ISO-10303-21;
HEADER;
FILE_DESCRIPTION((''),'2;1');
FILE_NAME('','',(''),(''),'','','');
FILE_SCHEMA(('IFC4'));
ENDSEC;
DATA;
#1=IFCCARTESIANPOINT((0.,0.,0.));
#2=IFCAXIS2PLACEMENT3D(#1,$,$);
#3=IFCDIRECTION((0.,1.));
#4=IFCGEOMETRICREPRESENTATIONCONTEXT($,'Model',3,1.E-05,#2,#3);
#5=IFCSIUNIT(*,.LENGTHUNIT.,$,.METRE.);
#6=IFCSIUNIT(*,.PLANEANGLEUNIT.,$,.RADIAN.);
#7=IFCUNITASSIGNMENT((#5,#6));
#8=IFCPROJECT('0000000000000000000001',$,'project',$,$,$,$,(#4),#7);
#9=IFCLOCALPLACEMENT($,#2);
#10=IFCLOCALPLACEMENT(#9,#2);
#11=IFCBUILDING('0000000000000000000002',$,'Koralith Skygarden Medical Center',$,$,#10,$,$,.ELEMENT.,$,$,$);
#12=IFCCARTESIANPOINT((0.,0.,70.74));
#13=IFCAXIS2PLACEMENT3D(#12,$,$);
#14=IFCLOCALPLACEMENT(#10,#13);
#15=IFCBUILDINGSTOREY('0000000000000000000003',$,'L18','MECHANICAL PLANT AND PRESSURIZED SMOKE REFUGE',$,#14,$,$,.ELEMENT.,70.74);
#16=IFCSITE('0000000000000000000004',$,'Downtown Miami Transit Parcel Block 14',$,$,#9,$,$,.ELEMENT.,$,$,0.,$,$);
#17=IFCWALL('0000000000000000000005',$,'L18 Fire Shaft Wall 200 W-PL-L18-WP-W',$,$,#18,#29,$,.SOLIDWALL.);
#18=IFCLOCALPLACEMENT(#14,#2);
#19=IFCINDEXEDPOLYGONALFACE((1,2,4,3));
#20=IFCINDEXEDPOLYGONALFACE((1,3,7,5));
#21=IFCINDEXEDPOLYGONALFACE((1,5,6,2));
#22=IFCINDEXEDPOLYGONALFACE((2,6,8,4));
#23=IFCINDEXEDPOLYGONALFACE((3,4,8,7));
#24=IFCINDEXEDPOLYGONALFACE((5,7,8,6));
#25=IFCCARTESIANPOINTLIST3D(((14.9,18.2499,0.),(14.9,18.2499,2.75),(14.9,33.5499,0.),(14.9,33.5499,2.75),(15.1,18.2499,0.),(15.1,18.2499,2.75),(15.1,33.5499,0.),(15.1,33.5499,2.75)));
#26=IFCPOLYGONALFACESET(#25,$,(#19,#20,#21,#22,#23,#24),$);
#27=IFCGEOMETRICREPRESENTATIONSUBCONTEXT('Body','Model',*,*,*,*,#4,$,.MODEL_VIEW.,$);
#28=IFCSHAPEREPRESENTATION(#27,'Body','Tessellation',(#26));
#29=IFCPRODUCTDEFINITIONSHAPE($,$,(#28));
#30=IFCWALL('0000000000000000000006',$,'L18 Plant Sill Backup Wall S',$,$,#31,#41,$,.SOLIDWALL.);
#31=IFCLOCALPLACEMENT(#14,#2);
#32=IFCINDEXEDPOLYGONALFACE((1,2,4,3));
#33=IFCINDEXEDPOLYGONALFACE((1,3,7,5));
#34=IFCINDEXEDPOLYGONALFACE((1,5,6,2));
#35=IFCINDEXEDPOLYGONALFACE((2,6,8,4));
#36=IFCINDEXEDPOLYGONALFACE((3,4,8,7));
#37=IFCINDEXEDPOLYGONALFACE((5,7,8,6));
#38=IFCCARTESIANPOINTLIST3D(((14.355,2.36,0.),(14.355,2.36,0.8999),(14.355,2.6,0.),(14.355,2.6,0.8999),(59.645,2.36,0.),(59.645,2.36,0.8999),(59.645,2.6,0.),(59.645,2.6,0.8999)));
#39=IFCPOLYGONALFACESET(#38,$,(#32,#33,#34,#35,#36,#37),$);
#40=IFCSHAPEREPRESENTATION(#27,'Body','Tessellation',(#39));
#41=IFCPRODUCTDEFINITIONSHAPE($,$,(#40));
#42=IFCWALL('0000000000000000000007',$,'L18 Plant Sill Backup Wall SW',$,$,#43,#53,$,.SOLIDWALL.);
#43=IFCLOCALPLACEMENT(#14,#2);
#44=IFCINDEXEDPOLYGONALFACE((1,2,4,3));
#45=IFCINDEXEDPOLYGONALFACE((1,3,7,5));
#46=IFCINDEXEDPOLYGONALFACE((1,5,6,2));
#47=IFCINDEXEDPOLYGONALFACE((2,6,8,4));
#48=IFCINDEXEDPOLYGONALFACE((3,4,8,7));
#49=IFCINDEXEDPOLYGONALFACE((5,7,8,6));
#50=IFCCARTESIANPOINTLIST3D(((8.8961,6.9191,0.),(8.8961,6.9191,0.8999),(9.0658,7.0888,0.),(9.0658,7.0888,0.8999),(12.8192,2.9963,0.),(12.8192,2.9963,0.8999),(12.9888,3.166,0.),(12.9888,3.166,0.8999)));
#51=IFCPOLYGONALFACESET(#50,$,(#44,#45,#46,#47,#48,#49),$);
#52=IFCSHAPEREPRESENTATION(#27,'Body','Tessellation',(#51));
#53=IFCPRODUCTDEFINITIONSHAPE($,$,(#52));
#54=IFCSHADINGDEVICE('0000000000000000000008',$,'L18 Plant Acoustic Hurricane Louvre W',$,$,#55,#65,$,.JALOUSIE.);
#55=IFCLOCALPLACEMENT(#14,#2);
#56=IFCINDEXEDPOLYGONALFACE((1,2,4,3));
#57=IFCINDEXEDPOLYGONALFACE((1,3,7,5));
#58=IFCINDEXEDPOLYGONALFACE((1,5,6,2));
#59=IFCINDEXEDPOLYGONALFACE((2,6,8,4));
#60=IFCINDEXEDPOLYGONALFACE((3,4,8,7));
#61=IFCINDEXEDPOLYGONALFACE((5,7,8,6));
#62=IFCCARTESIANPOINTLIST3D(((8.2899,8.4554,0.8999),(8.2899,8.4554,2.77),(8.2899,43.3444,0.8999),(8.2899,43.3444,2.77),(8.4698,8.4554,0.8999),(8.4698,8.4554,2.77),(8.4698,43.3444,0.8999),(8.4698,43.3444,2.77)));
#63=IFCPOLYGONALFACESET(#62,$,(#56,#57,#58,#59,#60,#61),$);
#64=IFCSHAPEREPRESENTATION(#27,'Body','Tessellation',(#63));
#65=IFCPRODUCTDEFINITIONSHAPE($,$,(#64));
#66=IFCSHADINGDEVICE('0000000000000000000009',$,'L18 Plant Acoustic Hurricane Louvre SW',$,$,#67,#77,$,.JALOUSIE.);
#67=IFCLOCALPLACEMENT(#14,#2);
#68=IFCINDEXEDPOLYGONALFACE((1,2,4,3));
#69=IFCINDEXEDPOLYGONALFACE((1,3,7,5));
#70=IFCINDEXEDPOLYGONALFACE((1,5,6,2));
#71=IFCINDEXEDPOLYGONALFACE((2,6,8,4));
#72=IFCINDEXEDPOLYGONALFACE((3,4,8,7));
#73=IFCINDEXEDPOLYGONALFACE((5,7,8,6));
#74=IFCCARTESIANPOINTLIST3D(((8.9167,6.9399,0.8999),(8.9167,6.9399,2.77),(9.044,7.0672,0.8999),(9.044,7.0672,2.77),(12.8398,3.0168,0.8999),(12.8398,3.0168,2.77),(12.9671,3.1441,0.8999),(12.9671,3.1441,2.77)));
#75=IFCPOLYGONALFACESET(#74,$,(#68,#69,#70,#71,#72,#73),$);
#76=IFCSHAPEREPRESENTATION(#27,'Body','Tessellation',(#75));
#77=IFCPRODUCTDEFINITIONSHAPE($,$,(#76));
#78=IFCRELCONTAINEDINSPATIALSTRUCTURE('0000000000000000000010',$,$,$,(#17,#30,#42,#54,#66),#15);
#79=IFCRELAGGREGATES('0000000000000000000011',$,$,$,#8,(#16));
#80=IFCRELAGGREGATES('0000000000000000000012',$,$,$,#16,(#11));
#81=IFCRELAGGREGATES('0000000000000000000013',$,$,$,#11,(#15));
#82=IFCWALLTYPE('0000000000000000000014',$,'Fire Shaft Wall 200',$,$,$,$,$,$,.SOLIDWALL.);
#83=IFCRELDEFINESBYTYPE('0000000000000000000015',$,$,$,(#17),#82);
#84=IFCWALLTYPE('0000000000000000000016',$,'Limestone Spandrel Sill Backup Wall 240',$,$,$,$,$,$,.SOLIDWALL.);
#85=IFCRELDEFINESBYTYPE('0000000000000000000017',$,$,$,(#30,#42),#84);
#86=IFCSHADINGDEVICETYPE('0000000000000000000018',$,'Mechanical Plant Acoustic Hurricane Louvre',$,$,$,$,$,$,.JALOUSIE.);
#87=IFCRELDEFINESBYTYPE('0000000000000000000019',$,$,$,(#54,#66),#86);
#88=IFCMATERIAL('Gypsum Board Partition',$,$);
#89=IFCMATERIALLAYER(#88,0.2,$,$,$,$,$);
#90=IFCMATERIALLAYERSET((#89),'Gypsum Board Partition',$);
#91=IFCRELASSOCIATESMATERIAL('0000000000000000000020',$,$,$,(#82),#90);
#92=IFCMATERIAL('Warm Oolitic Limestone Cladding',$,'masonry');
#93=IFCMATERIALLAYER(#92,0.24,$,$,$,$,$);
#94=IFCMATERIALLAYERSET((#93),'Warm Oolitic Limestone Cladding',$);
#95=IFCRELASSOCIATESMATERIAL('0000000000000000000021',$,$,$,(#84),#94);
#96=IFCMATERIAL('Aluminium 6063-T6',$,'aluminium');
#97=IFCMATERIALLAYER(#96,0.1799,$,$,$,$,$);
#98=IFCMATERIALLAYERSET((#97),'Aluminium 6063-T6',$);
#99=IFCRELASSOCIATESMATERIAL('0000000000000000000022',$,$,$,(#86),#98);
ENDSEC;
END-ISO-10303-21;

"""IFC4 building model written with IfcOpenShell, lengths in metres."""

from ifc_helpers import new_model, si_unit, direction, frame, frame_2d, origin, origin_2d, place, context, subcontext, project, spatial, rectangle, extrude, material, layer, layer_set, type_object, element, save


model = new_model("IFC4")

# Units and contexts
model_context = context("Model", 3, precision=1e-05, world=origin(), true_north=direction((0.0, 1.0)))
body_context = subcontext(model_context, "Body", "Model", "MODEL_VIEW")
ifc_project = project(units=[si_unit("LENGTHUNIT", "METRE"), si_unit("PLANEANGLEUNIT", "RADIAN")], contexts=[model_context])

# Site, building, storey
site_placement = place(None, origin())
site = spatial("IfcSite", under=ifc_project, at=site_placement, Name="Downtown Miami Transit Parcel Block 14", CompositionType="ELEMENT", RefElevation=0.0)
building_placement = place(site_placement, origin())
building = spatial("IfcBuilding", under=site, at=building_placement, Name="Koralith Skygarden Medical Center", CompositionType="ELEMENT")
storey_placement = place(building_placement, frame((0.0, 0.0, 70.74)))
storey = spatial("IfcBuildingStorey", under=building, at=storey_placement, Name="L18", Description="MECHANICAL PLANT AND PRESSURIZED SMOKE REFUGE", CompositionType="ELEMENT", Elevation=70.74)

# Shared definitions
ifc_material_1 = material(Name="Warm Oolitic Limestone Cladding", Category="masonry")

# Walls
ifc_material_2 = material(Name="Gypsum Board Partition")
ifc_layer_1 = layer(ifc_material_2, 0.2)
ifc_layer_set_1 = layer_set([ifc_layer_1], Name="Gypsum Board Partition")
wall_type_1 = type_object("IfcWallType", Name="Fire Shaft Wall 200", PredefinedType="SOLIDWALL", material=ifc_layer_set_1)
wall_1_placement = place(storey_placement, frame((15.0, 18.25, 0.0), z_axis=(0.0, 0.0, 1.0), x_axis=(0.0, 1.0, 0.0)))
element("IfcWall", 1, at=wall_1_placement, inside=storey, type_object=wall_type_1, Name="L18 Fire Shaft Wall 200 W-PL-L18-WP-W", PredefinedType="SOLIDWALL", context=body_context, shape_type="SweptSolid", body=[
    extrude(rectangle(XDim=15.3, YDim=0.2, at=frame_2d((7.6499, 0.0))), origin(), (0.0, 0.0, 1.0), 2.75),
])
ifc_layer_2 = layer(ifc_material_1, 0.24)
ifc_layer_set_2 = layer_set([ifc_layer_2], Name="Warm Oolitic Limestone Cladding")
wall_type_2 = type_object("IfcWallType", Name="Limestone Spandrel Sill Backup Wall 240", PredefinedType="SOLIDWALL", material=ifc_layer_set_2)
wall_2_placement = place(storey_placement, frame((14.355, 2.48, 0.0), z_axis=(0.0, 0.0, 1.0), x_axis=(1.0, 0.0, 0.0)))
element("IfcWall", 2, at=wall_2_placement, inside=storey, type_object=wall_type_2, Name="L18 Plant Sill Backup Wall S", PredefinedType="SOLIDWALL", context=body_context, shape_type="SweptSolid", body=[
    extrude(rectangle(XDim=45.29, YDim=0.24, at=frame_2d((22.645, 0.0))), origin(), (0.0, 0.0, 1.0), 0.8999),
])
wall_3_placement = place(storey_placement, frame((8.981, 7.0039, 0.0), z_axis=(0.0, 0.0, 1.0), x_axis=(0.707129, -0.707085, 0.0)))
element("IfcWall", 3, at=wall_3_placement, inside=storey, type_object=wall_type_2, Name="L18 Plant Sill Backup Wall SW", PredefinedType="SOLIDWALL", context=body_context, shape_type="SweptSolid", body=[
    extrude(rectangle(XDim=5.5479, YDim=0.24, at=frame_2d((2.7739, 0.0))), origin(), (0.0, 0.0, 1.0), 0.8999),
])

# Shading devices
ifc_material_3 = material(Name="Aluminium 6063-T6", Category="aluminium")
ifc_layer_3 = layer(ifc_material_3, 0.1799)
ifc_layer_set_3 = layer_set([ifc_layer_3], Name="Aluminium 6063-T6")
shading_device_type = type_object("IfcShadingDeviceType", Name="Mechanical Plant Acoustic Hurricane Louvre", PredefinedType="JALOUSIE", material=ifc_layer_set_3)
shading_device_1_placement = place(storey_placement, frame((8.3799, 25.8999, 0.8999), z_axis=(0.0, 0.0, 1.0), x_axis=(0.0, -1.0, 0.0)))
element("IfcShadingDevice", 4, at=shading_device_1_placement, inside=storey, type_object=shading_device_type, Name="L18 Plant Acoustic Hurricane Louvre W", PredefinedType="JALOUSIE", context=body_context, shape_type="SweptSolid", body=[
    extrude(rectangle(XDim=34.8889, YDim=0.1799, at=origin_2d()), origin(), (0.0, 0.0, 1.0), 1.8701),
])
shading_device_2_placement = place(storey_placement, frame((10.9419, 5.042, 0.8999), z_axis=(0.0, 0.0, 1.0), x_axis=(0.707107, -0.707107, 0.0)))
element("IfcShadingDevice", 5, at=shading_device_2_placement, inside=storey, type_object=shading_device_type, Name="L18 Plant Acoustic Hurricane Louvre SW", PredefinedType="JALOUSIE", context=body_context, shape_type="SweptSolid", body=[
    extrude(rectangle(XDim=5.5481, YDim=0.1799, at=origin_2d()), origin(), (0.0, 0.0, 1.0), 1.8701),
])

save(model, "model.ifc")
